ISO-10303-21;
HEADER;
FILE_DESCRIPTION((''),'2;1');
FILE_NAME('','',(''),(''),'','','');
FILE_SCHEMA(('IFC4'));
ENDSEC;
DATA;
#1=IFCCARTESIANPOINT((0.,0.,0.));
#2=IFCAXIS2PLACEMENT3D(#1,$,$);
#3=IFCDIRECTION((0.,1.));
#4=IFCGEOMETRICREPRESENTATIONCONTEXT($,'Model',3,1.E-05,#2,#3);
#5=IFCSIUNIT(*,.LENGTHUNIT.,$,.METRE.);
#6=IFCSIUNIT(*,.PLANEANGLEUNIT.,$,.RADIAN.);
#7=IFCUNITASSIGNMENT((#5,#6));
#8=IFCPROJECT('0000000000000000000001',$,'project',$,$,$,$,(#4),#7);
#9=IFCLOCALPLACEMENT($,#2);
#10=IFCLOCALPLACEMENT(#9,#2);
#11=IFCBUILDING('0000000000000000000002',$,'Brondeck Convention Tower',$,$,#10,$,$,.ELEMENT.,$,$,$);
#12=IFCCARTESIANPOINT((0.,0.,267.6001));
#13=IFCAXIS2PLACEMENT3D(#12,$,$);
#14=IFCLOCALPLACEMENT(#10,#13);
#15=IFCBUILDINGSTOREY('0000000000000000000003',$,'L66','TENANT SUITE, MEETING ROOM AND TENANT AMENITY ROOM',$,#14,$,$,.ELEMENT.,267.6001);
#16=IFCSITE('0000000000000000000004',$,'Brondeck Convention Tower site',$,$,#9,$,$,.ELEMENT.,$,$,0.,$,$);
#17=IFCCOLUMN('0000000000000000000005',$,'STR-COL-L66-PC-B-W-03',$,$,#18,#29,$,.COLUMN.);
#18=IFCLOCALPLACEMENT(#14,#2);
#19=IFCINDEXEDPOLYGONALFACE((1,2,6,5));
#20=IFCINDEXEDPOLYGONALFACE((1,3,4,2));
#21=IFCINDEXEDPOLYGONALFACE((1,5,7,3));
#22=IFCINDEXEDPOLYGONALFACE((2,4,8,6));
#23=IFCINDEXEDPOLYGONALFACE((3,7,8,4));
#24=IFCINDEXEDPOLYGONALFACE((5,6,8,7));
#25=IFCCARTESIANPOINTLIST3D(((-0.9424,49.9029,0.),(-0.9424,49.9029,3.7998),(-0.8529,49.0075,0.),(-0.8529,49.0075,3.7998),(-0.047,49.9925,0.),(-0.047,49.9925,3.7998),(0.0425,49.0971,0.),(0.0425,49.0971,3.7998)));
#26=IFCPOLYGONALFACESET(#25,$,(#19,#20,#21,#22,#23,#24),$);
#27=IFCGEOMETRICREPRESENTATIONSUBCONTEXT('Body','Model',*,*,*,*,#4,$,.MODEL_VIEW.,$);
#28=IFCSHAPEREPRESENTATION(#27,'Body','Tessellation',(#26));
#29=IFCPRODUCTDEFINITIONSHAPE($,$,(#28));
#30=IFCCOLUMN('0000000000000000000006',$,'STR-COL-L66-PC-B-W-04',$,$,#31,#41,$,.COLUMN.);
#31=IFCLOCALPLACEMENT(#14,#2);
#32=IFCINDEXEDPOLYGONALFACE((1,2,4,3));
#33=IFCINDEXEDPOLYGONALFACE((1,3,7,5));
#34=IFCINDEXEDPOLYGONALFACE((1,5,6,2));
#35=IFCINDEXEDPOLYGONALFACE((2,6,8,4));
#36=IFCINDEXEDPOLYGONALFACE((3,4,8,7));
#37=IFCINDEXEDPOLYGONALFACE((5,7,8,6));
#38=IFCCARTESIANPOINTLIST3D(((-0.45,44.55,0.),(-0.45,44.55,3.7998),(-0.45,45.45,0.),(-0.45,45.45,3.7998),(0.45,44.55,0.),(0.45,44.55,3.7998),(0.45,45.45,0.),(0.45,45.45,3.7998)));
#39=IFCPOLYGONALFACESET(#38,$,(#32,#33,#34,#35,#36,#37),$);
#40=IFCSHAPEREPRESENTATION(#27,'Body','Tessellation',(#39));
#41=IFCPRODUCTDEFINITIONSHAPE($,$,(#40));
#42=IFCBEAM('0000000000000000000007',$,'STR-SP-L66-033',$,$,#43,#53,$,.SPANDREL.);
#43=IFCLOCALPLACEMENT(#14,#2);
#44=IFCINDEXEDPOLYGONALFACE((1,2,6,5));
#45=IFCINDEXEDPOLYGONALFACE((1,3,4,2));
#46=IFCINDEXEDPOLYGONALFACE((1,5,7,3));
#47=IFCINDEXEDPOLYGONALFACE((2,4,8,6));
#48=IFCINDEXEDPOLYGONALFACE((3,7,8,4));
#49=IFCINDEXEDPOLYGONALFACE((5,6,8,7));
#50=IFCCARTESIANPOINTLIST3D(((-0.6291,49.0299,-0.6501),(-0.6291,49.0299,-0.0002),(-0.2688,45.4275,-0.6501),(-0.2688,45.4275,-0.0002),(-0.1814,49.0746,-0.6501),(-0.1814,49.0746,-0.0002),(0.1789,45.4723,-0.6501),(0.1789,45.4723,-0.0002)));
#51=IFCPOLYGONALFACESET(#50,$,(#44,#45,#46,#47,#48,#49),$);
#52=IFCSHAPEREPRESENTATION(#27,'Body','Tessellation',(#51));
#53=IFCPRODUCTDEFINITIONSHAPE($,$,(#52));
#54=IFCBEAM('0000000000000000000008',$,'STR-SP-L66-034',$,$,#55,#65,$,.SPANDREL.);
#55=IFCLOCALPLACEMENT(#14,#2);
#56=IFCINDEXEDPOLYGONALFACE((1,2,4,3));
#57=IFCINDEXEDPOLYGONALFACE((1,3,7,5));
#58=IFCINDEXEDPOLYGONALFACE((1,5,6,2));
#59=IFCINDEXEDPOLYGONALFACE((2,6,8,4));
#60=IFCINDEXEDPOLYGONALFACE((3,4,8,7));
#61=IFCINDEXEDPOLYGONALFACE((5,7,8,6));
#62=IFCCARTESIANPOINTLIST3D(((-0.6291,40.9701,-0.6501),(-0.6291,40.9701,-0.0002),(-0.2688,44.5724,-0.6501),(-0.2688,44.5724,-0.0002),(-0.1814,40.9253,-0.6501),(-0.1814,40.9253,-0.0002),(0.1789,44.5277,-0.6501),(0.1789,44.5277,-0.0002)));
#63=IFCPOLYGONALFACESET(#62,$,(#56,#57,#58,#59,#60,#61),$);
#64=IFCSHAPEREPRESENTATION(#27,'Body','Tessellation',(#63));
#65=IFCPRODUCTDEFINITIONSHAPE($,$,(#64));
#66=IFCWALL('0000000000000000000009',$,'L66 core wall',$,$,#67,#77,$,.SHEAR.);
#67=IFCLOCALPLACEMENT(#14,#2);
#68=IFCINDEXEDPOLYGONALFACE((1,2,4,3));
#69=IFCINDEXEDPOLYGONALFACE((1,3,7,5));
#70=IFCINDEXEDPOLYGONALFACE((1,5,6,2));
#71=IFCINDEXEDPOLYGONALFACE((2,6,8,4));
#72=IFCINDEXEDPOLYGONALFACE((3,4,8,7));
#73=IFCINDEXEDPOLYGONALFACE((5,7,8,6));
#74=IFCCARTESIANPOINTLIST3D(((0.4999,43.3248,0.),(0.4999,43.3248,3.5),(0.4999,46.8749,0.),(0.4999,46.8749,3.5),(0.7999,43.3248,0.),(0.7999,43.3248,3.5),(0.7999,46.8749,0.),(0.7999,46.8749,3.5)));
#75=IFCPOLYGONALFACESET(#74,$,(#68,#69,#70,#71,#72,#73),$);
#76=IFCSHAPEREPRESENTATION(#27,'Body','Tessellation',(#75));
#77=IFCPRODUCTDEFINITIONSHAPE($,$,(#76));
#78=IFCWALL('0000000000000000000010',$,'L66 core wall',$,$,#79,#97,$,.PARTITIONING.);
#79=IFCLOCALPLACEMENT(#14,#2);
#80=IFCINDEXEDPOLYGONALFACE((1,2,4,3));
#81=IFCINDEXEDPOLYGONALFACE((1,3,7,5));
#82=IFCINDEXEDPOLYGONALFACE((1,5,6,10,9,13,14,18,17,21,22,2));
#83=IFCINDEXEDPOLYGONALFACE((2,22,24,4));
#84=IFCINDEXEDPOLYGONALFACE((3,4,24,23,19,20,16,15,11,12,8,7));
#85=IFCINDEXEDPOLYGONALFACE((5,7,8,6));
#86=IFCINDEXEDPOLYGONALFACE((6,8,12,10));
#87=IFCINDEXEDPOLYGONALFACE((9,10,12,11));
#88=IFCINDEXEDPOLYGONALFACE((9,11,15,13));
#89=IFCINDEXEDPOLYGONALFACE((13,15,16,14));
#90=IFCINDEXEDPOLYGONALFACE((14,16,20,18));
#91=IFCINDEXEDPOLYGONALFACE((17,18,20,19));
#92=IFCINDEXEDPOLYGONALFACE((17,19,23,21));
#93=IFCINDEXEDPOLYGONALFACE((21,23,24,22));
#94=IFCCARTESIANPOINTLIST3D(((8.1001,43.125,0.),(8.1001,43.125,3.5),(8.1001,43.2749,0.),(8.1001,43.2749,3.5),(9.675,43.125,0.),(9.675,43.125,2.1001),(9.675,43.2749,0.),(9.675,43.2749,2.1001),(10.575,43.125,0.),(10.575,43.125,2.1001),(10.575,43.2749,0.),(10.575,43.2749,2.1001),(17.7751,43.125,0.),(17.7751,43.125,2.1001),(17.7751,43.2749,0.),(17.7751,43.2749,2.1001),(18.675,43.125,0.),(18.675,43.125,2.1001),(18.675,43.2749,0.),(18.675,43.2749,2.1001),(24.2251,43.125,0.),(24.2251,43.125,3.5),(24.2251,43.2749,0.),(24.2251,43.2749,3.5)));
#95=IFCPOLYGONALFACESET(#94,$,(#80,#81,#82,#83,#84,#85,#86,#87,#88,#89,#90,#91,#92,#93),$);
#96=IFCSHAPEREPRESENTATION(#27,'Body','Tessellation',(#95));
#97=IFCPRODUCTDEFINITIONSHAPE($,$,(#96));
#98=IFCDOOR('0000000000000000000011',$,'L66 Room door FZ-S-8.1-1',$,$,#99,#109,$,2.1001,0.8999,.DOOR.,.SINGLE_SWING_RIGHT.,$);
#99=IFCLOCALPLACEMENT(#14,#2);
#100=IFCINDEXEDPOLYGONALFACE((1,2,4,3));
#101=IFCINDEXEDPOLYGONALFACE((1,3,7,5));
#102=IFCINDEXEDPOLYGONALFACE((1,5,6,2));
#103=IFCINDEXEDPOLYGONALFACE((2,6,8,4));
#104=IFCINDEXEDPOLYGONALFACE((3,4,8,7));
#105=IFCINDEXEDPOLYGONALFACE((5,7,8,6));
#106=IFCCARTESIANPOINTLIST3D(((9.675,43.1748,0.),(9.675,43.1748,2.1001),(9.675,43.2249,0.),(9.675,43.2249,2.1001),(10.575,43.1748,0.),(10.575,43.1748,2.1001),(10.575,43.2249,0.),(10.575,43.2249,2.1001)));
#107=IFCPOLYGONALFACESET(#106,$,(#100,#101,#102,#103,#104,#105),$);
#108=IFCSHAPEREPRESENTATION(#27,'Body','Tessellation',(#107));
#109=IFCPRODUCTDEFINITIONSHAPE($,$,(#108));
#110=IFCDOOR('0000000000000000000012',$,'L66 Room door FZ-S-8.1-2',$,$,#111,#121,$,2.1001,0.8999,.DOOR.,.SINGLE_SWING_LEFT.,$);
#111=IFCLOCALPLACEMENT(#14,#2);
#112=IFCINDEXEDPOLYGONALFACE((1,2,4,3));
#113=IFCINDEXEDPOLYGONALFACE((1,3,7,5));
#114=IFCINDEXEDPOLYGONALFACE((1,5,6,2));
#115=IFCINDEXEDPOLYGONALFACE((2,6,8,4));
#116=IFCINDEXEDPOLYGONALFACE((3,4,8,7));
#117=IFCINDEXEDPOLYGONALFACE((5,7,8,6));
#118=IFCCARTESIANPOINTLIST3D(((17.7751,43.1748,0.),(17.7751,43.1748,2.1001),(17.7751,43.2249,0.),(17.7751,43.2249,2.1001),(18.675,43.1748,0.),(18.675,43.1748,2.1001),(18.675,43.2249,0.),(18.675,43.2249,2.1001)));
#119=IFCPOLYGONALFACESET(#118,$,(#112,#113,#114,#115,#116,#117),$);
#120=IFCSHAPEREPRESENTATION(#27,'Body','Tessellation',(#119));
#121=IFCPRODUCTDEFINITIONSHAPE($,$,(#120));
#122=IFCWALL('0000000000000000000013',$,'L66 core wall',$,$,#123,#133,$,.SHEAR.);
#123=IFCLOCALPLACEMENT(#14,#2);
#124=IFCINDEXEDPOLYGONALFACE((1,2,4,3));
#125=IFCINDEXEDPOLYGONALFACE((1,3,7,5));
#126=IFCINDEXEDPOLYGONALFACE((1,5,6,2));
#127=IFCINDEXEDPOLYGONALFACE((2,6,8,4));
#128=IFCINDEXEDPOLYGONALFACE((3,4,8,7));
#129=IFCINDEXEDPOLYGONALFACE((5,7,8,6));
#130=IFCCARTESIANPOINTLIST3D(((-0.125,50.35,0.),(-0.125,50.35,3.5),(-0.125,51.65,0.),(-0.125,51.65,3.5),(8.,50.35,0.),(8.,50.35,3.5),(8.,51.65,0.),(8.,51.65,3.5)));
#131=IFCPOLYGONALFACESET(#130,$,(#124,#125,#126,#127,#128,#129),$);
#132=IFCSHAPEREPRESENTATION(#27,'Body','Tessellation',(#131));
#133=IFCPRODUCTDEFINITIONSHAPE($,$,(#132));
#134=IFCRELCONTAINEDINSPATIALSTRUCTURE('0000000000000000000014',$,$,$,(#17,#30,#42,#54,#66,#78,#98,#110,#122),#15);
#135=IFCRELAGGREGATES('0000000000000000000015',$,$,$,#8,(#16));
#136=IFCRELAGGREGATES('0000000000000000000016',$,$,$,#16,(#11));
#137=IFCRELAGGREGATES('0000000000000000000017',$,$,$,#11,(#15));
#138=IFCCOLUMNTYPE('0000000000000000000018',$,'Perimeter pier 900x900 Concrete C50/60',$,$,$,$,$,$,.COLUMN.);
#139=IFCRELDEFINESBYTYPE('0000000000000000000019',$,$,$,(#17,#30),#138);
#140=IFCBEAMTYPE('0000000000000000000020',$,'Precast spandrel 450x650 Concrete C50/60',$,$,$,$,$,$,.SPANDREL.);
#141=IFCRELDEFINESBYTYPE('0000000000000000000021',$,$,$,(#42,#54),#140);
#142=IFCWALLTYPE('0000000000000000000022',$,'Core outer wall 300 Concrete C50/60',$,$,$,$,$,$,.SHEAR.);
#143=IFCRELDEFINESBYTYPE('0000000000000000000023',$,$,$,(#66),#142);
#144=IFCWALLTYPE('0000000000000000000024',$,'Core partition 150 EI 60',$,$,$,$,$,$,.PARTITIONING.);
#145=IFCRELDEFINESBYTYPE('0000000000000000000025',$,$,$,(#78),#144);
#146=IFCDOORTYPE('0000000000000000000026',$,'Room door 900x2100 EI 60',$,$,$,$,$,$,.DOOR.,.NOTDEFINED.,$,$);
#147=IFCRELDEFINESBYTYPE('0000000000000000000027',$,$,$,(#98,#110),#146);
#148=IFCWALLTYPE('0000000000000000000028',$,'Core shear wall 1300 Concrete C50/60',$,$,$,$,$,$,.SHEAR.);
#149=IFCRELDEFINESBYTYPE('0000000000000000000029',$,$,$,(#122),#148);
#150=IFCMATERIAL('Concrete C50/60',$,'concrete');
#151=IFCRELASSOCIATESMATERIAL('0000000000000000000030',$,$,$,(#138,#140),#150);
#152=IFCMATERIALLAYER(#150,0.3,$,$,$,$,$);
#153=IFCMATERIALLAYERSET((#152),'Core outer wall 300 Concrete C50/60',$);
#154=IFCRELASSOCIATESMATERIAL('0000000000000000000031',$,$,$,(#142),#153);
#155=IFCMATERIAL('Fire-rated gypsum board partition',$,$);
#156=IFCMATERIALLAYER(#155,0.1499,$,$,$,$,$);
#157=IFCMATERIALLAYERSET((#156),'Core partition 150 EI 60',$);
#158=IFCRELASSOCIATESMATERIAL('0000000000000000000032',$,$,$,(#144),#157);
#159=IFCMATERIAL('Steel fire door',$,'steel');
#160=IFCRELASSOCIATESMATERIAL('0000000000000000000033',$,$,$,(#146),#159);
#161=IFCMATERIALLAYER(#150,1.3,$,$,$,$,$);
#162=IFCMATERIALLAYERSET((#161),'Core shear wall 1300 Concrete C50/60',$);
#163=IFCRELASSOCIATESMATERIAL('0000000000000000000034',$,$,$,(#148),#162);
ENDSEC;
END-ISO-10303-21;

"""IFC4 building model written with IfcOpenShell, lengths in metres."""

from ifc_helpers import new_model, si_unit, direction, frame, frame_2d, origin, origin_2d, place, context, subcontext, project, spatial, rectangle, extrude, material, layer, layer_set, material_profile, profile_set, type_object, element, fill, save


model = new_model("IFC4")

# Units and contexts
model_context = context("Model", 3, precision=1e-05, world=origin(), true_north=direction((0.0, 1.0)))
body_context = subcontext(model_context, "Body", "Model", "MODEL_VIEW")
ifc_project = project(units=[si_unit("LENGTHUNIT", "METRE"), si_unit("PLANEANGLEUNIT", "RADIAN")], contexts=[model_context])

# Site, building, storey
site_placement = place(None, origin())
site = spatial("IfcSite", under=ifc_project, at=site_placement, Name="Brondeck Convention Tower site", CompositionType="ELEMENT", RefElevation=0.0)
building_placement = place(site_placement, origin())
building = spatial("IfcBuilding", under=site, at=building_placement, Name="Brondeck Convention Tower", CompositionType="ELEMENT")
storey_placement = place(building_placement, frame((0.0, 0.0, 267.6001)))
storey = spatial("IfcBuildingStorey", under=building, at=storey_placement, Name="L66", Description="TENANT SUITE, MEETING ROOM AND TENANT AMENITY ROOM", CompositionType="ELEMENT", Elevation=267.6001)

# Columns
ifc_material_1 = material(Name="Concrete C50/60", Category="concrete")
ifc_material_profile_1 = material_profile(ifc_material_1, rectangle(XDim=0.8999, YDim=0.8999, at=origin_2d()), Name="Perimeter pier 900x900 Concrete C50/60")
ifc_profile_set_1 = profile_set([ifc_material_profile_1], Name="Concrete C50/60")
column_type = type_object("IfcColumnType", Name="Perimeter pier 900x900 Concrete C50/60", PredefinedType="COLUMN", material=ifc_profile_set_1)
for number, where, z_axis, x_axis, name in (
    (1, (-0.45, 49.5, 0.0), (0.0, 0.0, 1.0), (0.099504, -0.995037, 0.0), "STR-COL-L66-PC-B-W-03"),
    (2, (0.0, 45.0, 0.0), (0.0, 0.0, 1.0), (0.0, -1.0, 0.0), "STR-COL-L66-PC-B-W-04"),
):
    element("IfcColumn", number, at=place(storey_placement, frame(where, z_axis=z_axis, x_axis=x_axis)), inside=storey, type_object=column_type, Name=name, PredefinedType="COLUMN", context=body_context, shape_type="SweptSolid", body=[
        extrude(rectangle(XDim=0.8999, YDim=0.8999, at=origin_2d()), origin(), (0.0, 0.0, 1.0), 3.7998),
    ])

# Beams
ifc_material_profile_2 = material_profile(ifc_material_1, rectangle(XDim=0.45, YDim=0.6499, at=origin_2d()), Name="Precast spandrel 450x650 Concrete C50/60")
ifc_profile_set_2 = profile_set([ifc_material_profile_2], Name="Concrete C50/60")
beam_type = type_object("IfcBeamType", Name="Precast spandrel 450x650 Concrete C50/60", PredefinedType="SPANDREL", material=ifc_profile_set_2)
for number, where, z_axis, x_axis, name in (
    (3, (-0.4053, 49.0522, -0.3252), (0.099537, -0.995034, 0.0), (0.995034, 0.099537, 0.0), "STR-SP-L66-033"),
    (4, (-0.0449, 44.55, -0.3252), (-0.099537, -0.995034, 0.0), (0.995034, -0.099537, 0.0), "STR-SP-L66-034"),
):
    element("IfcBeam", number, at=place(storey_placement, frame(where, z_axis=z_axis, x_axis=x_axis)), inside=storey, type_object=beam_type, Name=name, PredefinedType="SPANDREL", context=body_context, shape_type="SweptSolid", body=[
        extrude(rectangle(XDim=0.45, YDim=0.6499, at=origin_2d()), origin(), (0.0, 0.0, 1.0), 3.6204),
    ])

# Wall
ifc_layer_1 = layer(ifc_material_1, 0.3)
ifc_layer_set_1 = layer_set([ifc_layer_1], Name="Core outer wall 300 Concrete C50/60")
wall_type_1 = type_object("IfcWallType", Name="Core outer wall 300 Concrete C50/60", PredefinedType="SHEAR", material=ifc_layer_set_1)
wall_1_placement = place(storey_placement, frame((0.6499, 43.325, 0.0), z_axis=(0.0, 0.0, 1.0), x_axis=(0.0, 1.0, 0.0)))
element("IfcWall", 5, at=wall_1_placement, inside=storey, type_object=wall_type_1, Name="L66 core wall", PredefinedType="SHEAR", context=body_context, shape_type="SweptSolid", body=[
    extrude(rectangle(XDim=3.55, YDim=0.3, at=frame_2d((1.7749, 0.0))), origin(), (0.0, 0.0, 1.0), 3.5),
])

# Wall, openings, doors
ifc_material_2 = material(Name="Fire-rated gypsum board partition")
ifc_layer_2 = layer(ifc_material_2, 0.1499)
ifc_layer_set_2 = layer_set([ifc_layer_2], Name="Core partition 150 EI 60")
wall_type_2 = type_object("IfcWallType", Name="Core partition 150 EI 60", PredefinedType="PARTITIONING", material=ifc_layer_set_2)
wall_2_placement = place(storey_placement, frame((8.1001, 43.2, 0.0), z_axis=(0.0, 0.0, 1.0), x_axis=(1.0, 0.0, 0.0)))
wall_2 = element("IfcWall", 6, at=wall_2_placement, inside=storey, type_object=wall_type_2, Name="L66 core wall", PredefinedType="PARTITIONING", context=body_context, shape_type="SweptSolid", body=[
    extrude(rectangle(XDim=16.125, YDim=0.1499, at=frame_2d((8.0625, 0.0))), origin(), (0.0, 0.0, 1.0), 3.5),
])
opening_1_placement = place(wall_2_placement, frame((1.575, 0.0, 0.0)))
opening_1 = element("IfcOpeningElement", 7, at=opening_1_placement, cuts=wall_2, PredefinedType="OPENING", context=body_context, shape_type="SweptSolid", body=[
    extrude(rectangle(XDim=0.8999, YDim=2.1001, at=frame_2d((0.45, 1.05))), frame((0.0, 0.085, 0.0), z_axis=(0.0, -1.0, 0.0), x_axis=(1.0, 0.0, 0.0)), (0.0, 0.0, 1.0), 0.1699),
])
opening_2_placement = place(wall_2_placement, frame((9.675, 0.0, 0.0)))
opening_2 = element("IfcOpeningElement", 8, at=opening_2_placement, cuts=wall_2, PredefinedType="OPENING", context=body_context, shape_type="SweptSolid", body=[
    extrude(rectangle(XDim=0.8999, YDim=2.1001, at=frame_2d((0.45, 1.05))), frame((0.0, 0.085, 0.0), z_axis=(0.0, -1.0, 0.0), x_axis=(1.0, 0.0, 0.0)), (0.0, 0.0, 1.0), 0.1699),
])
ifc_material_3 = material(Name="Steel fire door", Category="steel")
door_type_1 = type_object("IfcDoorType", Name="Room door 900x2100 EI 60", OperationType="NOTDEFINED", PredefinedType="DOOR", material=ifc_material_3)
door_1_placement = place(opening_1_placement, origin())
door_1 = element("IfcDoor", 9, at=door_1_placement, inside=storey, type_object=door_type_1, Name="L66 Room door FZ-S-8.1-1", OperationType="SINGLE_SWING_RIGHT", OverallHeight=2.1001, OverallWidth=0.8999, PredefinedType="DOOR", context=body_context, shape_type="SweptSolid", body=[
    extrude(rectangle(XDim=0.8999, YDim=2.1001, at=frame_2d((0.45, 1.05))), frame((0.0, 0.0249, 0.0), z_axis=(0.0, -1.0, 0.0), x_axis=(1.0, 0.0, 0.0)), (0.0, 0.0, 1.0), 0.05),
])
fill(opening_1, door_1)
door_2_placement = place(opening_2_placement, origin())
door_2 = element("IfcDoor", 10, at=door_2_placement, inside=storey, type_object=door_type_1, Name="L66 Room door FZ-S-8.1-2", OperationType="SINGLE_SWING_LEFT", OverallHeight=2.1001, OverallWidth=0.8999, PredefinedType="DOOR", context=body_context, shape_type="SweptSolid", body=[
    extrude(rectangle(XDim=0.8999, YDim=2.1001, at=frame_2d((0.45, 1.05))), frame((0.0, 0.0249, 0.0), z_axis=(0.0, -1.0, 0.0), x_axis=(1.0, 0.0, 0.0)), (0.0, 0.0, 1.0), 0.05),
])
fill(opening_2, door_2)

# Wall
ifc_layer_3 = layer(ifc_material_1, 1.3)
ifc_layer_set_3 = layer_set([ifc_layer_3], Name="Core shear wall 1300 Concrete C50/60")
wall_type_3 = type_object("IfcWallType", Name="Core shear wall 1300 Concrete C50/60", PredefinedType="SHEAR", material=ifc_layer_set_3)
wall_3_placement = place(storey_placement, frame((-0.125, 51.0, 0.0), z_axis=(0.0, 0.0, 1.0), x_axis=(1.0, 0.0, 0.0)))
element("IfcWall", 11, at=wall_3_placement, inside=storey, type_object=wall_type_3, Name="L66 core wall", PredefinedType="SHEAR", context=body_context, shape_type="SweptSolid", body=[
    extrude(rectangle(XDim=8.125, YDim=1.3, at=frame_2d((4.0625, 0.0))), origin(), (0.0, 0.0, 1.0), 3.5),
])

save(model, "model.ifc")
